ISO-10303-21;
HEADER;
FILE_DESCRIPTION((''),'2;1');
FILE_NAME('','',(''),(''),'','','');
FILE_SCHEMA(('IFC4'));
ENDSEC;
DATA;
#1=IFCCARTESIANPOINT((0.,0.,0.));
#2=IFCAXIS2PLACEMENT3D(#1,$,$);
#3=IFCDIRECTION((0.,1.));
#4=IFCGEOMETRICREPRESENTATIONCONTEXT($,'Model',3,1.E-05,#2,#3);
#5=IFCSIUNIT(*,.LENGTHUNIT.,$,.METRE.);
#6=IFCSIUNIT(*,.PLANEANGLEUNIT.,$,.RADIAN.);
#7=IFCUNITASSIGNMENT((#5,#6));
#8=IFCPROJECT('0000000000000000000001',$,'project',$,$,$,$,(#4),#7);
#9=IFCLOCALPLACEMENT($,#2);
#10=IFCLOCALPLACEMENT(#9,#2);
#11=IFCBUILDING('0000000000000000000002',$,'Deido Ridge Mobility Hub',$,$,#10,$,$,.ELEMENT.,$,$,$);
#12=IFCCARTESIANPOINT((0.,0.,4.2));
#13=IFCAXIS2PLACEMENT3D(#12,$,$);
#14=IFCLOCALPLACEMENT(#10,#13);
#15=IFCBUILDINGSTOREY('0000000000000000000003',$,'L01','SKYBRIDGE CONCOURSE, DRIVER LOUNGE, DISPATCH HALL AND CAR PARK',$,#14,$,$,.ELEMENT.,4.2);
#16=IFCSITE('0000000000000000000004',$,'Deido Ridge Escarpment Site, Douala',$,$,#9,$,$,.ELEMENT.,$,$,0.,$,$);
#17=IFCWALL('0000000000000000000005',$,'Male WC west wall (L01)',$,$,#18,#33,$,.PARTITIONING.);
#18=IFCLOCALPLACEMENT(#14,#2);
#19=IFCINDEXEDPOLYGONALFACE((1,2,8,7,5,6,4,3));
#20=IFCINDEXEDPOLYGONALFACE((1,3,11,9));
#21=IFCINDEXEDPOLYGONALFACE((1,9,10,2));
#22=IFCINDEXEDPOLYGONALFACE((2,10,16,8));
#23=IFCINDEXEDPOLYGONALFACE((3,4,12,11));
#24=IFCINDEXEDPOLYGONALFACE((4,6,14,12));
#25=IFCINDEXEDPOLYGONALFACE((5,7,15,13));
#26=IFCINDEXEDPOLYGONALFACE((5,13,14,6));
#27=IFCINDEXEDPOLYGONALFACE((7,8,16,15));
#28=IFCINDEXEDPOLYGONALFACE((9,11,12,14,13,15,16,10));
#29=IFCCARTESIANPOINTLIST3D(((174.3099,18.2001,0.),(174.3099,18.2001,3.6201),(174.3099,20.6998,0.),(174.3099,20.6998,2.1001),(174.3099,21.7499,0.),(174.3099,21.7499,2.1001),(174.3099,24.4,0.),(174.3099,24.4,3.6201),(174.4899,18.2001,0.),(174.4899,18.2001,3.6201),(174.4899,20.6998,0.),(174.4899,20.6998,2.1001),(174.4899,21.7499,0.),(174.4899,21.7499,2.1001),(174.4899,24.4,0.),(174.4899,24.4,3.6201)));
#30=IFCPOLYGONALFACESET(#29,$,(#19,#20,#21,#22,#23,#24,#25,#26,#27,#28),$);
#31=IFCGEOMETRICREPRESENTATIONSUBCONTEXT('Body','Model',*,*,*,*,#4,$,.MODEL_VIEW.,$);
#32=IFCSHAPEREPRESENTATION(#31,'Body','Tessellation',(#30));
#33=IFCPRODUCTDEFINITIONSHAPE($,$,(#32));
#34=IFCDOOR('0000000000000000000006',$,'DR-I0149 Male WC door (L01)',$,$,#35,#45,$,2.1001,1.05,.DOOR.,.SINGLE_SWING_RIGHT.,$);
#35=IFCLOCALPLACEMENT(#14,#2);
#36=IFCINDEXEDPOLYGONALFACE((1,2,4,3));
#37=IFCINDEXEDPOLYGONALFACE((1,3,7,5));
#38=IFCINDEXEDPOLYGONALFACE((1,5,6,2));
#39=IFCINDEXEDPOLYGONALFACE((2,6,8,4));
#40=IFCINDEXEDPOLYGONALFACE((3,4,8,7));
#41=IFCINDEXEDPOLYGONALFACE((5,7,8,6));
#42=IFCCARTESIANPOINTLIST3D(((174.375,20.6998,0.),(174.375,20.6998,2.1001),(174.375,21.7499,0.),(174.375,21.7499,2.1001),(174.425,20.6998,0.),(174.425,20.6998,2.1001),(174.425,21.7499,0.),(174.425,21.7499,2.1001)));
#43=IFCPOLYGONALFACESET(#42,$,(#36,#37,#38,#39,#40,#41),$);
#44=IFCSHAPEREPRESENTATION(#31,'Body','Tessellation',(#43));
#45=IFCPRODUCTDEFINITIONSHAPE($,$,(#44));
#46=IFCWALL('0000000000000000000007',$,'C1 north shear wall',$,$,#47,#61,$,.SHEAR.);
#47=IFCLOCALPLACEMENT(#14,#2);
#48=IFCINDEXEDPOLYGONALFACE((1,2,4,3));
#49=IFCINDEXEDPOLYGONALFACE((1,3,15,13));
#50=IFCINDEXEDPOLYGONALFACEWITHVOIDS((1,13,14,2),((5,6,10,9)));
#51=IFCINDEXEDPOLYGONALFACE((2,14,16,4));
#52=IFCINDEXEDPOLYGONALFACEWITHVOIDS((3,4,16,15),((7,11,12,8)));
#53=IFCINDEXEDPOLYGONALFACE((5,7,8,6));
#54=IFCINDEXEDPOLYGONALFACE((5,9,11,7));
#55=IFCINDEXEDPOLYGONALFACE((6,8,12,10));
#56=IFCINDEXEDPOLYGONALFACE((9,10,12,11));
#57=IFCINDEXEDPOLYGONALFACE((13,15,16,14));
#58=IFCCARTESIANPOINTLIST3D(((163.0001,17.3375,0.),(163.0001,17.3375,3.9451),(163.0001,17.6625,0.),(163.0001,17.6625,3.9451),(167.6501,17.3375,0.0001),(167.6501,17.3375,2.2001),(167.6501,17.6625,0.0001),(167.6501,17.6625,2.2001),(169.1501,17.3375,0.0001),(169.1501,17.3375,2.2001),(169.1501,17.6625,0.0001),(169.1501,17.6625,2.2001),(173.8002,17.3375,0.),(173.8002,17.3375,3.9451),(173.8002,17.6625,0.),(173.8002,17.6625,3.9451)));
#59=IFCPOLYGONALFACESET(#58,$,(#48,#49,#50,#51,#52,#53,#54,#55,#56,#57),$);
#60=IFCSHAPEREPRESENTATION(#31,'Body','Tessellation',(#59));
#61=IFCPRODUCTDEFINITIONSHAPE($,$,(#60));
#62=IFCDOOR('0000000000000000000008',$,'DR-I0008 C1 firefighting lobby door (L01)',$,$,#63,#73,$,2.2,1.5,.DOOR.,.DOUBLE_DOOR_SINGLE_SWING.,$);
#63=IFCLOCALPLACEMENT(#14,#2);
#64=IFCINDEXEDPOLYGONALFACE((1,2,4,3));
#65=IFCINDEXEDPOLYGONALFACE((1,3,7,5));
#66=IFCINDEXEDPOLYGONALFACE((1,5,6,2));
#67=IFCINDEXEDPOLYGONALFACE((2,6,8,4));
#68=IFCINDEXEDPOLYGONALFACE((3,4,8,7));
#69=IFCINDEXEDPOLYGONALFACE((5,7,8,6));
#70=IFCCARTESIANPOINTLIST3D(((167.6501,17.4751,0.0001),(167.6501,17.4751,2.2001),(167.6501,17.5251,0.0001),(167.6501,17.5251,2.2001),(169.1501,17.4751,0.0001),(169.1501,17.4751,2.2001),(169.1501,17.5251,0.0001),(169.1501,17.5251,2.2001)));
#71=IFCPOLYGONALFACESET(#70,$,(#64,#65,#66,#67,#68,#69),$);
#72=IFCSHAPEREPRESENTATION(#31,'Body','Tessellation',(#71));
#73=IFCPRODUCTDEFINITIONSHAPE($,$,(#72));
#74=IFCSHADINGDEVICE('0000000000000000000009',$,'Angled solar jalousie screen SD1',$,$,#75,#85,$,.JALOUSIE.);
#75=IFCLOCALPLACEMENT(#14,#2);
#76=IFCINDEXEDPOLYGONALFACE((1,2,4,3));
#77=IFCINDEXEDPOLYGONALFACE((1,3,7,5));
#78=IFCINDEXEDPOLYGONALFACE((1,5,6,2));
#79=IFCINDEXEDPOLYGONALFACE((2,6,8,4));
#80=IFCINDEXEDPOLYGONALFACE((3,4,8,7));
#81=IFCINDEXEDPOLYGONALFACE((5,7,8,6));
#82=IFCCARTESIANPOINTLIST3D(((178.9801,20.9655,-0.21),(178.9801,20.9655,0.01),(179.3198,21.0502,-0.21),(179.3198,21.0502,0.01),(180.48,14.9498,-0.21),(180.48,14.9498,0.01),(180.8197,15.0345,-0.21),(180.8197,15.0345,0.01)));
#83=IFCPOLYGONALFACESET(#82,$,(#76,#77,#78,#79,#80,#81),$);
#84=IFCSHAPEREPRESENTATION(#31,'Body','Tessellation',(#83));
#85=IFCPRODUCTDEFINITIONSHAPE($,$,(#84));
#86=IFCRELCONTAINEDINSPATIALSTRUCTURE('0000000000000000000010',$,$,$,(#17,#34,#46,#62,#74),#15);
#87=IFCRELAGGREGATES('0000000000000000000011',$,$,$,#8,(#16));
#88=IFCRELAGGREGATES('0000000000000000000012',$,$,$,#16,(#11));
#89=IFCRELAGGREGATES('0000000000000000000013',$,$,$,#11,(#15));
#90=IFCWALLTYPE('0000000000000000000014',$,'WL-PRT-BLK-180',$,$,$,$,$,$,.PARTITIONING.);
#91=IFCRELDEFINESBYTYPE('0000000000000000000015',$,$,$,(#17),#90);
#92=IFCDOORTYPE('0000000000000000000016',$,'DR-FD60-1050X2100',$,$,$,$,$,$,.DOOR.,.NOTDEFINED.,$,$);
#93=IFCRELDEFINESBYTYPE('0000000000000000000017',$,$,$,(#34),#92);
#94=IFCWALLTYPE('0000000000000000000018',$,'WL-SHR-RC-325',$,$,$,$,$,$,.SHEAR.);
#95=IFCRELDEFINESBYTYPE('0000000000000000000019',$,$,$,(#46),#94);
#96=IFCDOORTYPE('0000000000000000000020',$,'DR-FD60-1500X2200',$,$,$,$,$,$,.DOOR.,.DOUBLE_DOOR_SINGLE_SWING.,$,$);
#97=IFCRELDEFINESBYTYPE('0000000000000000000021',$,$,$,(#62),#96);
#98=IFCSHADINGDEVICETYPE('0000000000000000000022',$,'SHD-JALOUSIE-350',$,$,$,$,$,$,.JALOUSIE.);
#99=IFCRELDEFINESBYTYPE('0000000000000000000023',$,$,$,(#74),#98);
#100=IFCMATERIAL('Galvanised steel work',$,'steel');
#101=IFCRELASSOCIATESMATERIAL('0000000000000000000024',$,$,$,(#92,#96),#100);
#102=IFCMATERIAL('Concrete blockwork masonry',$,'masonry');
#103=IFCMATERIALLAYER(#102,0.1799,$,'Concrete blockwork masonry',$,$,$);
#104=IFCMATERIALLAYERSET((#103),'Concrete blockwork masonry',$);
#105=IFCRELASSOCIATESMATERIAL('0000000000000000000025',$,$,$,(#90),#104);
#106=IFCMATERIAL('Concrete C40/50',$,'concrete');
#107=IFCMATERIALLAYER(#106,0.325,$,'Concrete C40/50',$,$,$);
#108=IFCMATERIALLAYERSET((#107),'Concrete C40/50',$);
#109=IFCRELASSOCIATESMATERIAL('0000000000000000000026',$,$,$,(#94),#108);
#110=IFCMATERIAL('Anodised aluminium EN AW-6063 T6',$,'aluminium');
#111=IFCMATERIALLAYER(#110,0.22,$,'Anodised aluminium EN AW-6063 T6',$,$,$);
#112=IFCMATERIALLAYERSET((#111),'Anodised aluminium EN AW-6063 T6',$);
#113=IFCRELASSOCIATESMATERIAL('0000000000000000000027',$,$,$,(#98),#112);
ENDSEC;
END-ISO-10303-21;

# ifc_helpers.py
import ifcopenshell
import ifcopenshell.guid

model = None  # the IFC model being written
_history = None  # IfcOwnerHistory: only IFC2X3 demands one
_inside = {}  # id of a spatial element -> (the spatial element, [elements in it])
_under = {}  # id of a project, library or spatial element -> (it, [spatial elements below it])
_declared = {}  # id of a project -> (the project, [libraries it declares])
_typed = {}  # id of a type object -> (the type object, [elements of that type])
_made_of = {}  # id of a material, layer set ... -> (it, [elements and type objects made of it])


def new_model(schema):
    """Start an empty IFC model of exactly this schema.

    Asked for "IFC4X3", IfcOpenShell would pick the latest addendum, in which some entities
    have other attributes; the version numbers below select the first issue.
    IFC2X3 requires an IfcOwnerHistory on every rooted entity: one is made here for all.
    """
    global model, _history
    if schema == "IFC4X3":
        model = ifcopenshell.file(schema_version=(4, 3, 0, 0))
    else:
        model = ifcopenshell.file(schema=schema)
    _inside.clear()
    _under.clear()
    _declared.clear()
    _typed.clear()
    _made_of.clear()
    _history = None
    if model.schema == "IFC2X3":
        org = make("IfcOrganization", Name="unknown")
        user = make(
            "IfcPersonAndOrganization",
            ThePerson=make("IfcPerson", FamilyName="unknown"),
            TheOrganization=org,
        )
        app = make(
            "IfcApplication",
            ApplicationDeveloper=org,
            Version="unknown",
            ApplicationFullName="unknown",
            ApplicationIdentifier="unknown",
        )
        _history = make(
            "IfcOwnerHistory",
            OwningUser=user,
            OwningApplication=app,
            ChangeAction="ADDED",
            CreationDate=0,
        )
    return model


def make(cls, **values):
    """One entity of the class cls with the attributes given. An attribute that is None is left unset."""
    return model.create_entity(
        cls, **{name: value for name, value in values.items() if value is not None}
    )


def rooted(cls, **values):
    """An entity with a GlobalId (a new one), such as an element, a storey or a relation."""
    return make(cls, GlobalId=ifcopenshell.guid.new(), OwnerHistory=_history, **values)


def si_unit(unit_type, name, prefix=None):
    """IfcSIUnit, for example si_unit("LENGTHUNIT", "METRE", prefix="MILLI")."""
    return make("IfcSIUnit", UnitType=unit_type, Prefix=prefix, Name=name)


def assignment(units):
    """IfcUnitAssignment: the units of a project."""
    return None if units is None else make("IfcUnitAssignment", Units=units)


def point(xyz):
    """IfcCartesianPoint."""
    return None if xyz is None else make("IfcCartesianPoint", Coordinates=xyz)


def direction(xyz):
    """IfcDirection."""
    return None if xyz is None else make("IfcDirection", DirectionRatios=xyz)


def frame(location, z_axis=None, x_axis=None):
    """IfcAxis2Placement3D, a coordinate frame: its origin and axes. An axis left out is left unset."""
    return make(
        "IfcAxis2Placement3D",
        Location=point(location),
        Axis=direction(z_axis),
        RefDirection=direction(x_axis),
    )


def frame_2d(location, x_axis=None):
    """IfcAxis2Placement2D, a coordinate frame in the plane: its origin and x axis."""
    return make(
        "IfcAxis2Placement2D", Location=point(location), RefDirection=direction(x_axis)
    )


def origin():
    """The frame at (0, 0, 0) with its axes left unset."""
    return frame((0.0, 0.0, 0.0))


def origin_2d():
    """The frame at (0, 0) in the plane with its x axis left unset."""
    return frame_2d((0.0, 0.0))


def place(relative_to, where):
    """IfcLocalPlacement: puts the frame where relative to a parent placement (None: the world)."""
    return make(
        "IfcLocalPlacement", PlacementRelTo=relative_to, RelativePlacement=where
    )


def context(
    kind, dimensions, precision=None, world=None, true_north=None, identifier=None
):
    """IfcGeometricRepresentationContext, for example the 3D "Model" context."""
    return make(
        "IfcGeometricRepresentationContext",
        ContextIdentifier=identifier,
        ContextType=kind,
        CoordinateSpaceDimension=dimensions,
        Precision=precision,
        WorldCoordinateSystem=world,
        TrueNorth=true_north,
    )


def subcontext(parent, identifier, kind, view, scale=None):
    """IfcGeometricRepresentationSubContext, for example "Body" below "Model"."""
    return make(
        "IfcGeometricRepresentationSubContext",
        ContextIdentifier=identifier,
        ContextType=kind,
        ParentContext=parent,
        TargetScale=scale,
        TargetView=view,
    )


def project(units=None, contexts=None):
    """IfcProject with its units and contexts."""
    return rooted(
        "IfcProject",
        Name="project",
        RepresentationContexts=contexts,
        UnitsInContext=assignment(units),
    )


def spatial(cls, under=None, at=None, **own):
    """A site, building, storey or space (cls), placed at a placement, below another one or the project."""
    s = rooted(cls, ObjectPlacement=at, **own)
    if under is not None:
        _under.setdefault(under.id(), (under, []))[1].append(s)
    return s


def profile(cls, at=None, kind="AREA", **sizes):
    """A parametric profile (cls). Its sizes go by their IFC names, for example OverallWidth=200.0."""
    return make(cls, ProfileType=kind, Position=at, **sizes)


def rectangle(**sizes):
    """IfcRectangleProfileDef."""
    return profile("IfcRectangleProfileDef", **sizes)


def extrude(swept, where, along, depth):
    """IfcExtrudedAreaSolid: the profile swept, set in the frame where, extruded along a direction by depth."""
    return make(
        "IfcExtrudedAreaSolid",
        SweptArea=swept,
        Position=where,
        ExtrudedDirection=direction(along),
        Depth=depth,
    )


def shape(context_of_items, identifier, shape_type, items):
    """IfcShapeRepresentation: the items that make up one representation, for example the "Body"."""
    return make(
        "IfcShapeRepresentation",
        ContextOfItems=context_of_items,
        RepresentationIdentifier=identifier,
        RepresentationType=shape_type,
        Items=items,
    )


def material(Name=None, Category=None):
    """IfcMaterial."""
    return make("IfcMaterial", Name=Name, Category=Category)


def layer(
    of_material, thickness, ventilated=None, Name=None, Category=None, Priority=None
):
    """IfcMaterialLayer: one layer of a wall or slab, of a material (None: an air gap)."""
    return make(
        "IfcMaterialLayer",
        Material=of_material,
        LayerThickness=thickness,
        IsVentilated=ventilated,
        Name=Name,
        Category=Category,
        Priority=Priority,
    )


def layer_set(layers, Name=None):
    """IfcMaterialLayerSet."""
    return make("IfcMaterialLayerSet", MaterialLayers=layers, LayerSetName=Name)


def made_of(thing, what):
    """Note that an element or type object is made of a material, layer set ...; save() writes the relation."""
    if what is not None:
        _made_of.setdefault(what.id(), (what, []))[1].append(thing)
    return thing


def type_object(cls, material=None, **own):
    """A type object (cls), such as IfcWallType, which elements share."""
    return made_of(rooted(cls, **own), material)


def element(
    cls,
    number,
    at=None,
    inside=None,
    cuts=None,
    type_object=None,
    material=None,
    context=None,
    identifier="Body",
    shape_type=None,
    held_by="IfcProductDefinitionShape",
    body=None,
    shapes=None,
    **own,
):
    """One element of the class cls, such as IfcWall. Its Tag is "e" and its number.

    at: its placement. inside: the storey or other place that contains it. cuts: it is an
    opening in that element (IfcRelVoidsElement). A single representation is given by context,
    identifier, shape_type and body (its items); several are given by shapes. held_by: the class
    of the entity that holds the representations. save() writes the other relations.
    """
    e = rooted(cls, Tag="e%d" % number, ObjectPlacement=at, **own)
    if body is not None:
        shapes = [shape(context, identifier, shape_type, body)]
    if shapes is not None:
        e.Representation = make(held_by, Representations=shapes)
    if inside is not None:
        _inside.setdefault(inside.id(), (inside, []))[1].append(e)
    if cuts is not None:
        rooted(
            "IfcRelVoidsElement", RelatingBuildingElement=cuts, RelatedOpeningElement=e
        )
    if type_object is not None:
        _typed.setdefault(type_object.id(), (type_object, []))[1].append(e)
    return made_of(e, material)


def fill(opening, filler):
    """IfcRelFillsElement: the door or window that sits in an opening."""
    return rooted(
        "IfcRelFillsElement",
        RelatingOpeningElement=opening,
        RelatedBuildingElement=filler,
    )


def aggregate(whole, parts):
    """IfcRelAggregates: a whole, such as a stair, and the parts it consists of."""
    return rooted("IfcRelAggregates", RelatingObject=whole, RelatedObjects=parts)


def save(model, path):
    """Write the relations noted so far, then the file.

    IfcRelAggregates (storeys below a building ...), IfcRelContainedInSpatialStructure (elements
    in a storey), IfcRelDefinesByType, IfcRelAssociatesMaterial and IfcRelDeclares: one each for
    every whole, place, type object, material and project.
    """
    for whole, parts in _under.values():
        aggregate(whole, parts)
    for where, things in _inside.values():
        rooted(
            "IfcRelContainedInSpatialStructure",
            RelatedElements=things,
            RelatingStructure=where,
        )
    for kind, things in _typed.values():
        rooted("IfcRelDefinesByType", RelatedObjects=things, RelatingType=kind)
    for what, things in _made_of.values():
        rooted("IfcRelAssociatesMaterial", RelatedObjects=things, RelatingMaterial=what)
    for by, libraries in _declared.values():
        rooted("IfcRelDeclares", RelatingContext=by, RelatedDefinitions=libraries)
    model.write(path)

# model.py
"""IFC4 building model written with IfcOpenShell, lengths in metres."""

from ifc_helpers import new_model, si_unit, direction, frame, frame_2d, origin, origin_2d, place, context, subcontext, project, spatial, rectangle, extrude, material, layer, layer_set, type_object, element, fill, save


model = new_model("IFC4")

# Units and contexts
model_context = context("Model", 3, precision=1e-05, world=origin(), true_north=direction((0.0, 1.0)))
body_context = subcontext(model_context, "Body", "Model", "MODEL_VIEW")
ifc_project = project(units=[si_unit("LENGTHUNIT", "METRE"), si_unit("PLANEANGLEUNIT", "RADIAN")], contexts=[model_context])

# Site, building, storey
site_placement = place(None, origin())
site = spatial("IfcSite", under=ifc_project, at=site_placement, Name="Deido Ridge Escarpment Site, Douala", CompositionType="ELEMENT", RefElevation=0.0)
building_placement = place(site_placement, origin())
building = spatial("IfcBuilding", under=site, at=building_placement, Name="Deido Ridge Mobility Hub", CompositionType="ELEMENT")
storey_placement = place(building_placement, frame((0.0, 0.0, 4.2)))
storey = spatial("IfcBuildingStorey", under=building, at=storey_placement, Name="L01", Description="SKYBRIDGE CONCOURSE, DRIVER LOUNGE, DISPATCH HALL AND CAR PARK", CompositionType="ELEMENT", Elevation=4.2)

# Shared definitions
ifc_material_1 = material(Name="Anodised aluminium EN AW-6063 T6", Category="aluminium")

# Shared definitions
ifc_material_2 = material(Name="Concrete blockwork masonry", Category="masonry")

# Walls, openings, doors
ifc_material_3 = material(Name="Galvanised steel work", Category="steel")
door_type_1 = type_object("IfcDoorType", Name="DR-FD60-1050X2100", OperationType="NOTDEFINED", PredefinedType="DOOR", material=ifc_material_3)
ifc_layer_1 = layer(ifc_material_2, 0.1799, Name="Concrete blockwork masonry")
ifc_layer_set_1 = layer_set([ifc_layer_1], Name="Concrete blockwork masonry")
wall_type_1 = type_object("IfcWallType", Name="WL-PRT-BLK-180", PredefinedType="PARTITIONING", material=ifc_layer_set_1)
wall_1_placement = place(storey_placement, frame((174.3999, 18.2, 0.0), z_axis=(0.0, 0.0, 1.0), x_axis=(0.0, 1.0, 0.0)))
wall_1 = element("IfcWall", 1, at=wall_1_placement, inside=storey, type_object=wall_type_1, Name="Male WC west wall (L01)", PredefinedType="PARTITIONING", context=body_context, shape_type="SweptSolid", body=[
    extrude(rectangle(XDim=6.2, YDim=0.1799, at=frame_2d((3.1001, 0.0))), origin(), (0.0, 0.0, 1.0), 3.6201),
])
opening_1_placement = place(wall_1_placement, frame((2.5, 0.0, 0.0)))
opening_1 = element("IfcOpeningElement", 2, at=opening_1_placement, cuts=wall_1, PredefinedType="OPENING", context=body_context, shape_type="SweptSolid", body=[
    extrude(rectangle(XDim=1.05, YDim=2.1001, at=frame_2d((0.5249, 1.05))), frame((0.0, 0.1001, 0.0), z_axis=(0.0, -1.0, 0.0), x_axis=(1.0, 0.0, 0.0)), (0.0, 0.0, 1.0), 0.2),
])
door_1_placement = place(opening_1_placement, origin())
door_1 = element("IfcDoor", 3, at=door_1_placement, inside=storey, type_object=door_type_1, Name="DR-I0149 Male WC door (L01)", OperationType="SINGLE_SWING_RIGHT", OverallHeight=2.1001, OverallWidth=1.05, PredefinedType="DOOR", context=body_context, shape_type="SweptSolid", body=[
    extrude(rectangle(XDim=1.05, YDim=2.1001, at=frame_2d((0.5249, 1.05))), frame((0.0, 0.0249, 0.0), z_axis=(0.0, -1.0, 0.0), x_axis=(1.0, 0.0, 0.0)), (0.0, 0.0, 1.0), 0.05),
])
fill(opening_1, door_1)
ifc_material_4 = material(Name="Concrete C40/50", Category="concrete")
ifc_layer_2 = layer(ifc_material_4, 0.325, Name="Concrete C40/50")
ifc_layer_set_2 = layer_set([ifc_layer_2], Name="Concrete C40/50")
wall_type_2 = type_object("IfcWallType", Name="WL-SHR-RC-325", PredefinedType="SHEAR", material=ifc_layer_set_2)
wall_2_placement = place(storey_placement, frame((173.8, 17.5, 0.0), z_axis=(0.0, 0.0, 1.0), x_axis=(-1.0, 0.0, 0.0)))
wall_2 = element("IfcWall", 4, at=wall_2_placement, inside=storey, type_object=wall_type_2, Name="C1 north shear wall", PredefinedType="SHEAR", context=body_context, shape_type="SweptSolid", body=[
    extrude(rectangle(XDim=10.8, YDim=0.325, at=frame_2d((5.3999, 0.0))), origin(), (0.0, 0.0, 1.0), 3.9451),
])
opening_2_placement = place(wall_2_placement, frame((4.6499, 0.0, 0.0)))
opening_2 = element("IfcOpeningElement", 5, at=opening_2_placement, cuts=wall_2, PredefinedType="OPENING", context=body_context, shape_type="SweptSolid", body=[
    extrude(rectangle(XDim=1.5, YDim=2.2, at=frame_2d((0.75, 1.1001))), frame((0.0, 0.1724, 0.0), z_axis=(0.0, -1.0, 0.0), x_axis=(1.0, 0.0, 0.0)), (0.0, 0.0, 1.0), 0.345),
])
door_type_2 = type_object("IfcDoorType", Name="DR-FD60-1500X2200", OperationType="DOUBLE_DOOR_SINGLE_SWING", PredefinedType="DOOR", material=ifc_material_3)
door_2_placement = place(opening_2_placement, origin())
door_2 = element("IfcDoor", 6, at=door_2_placement, inside=storey, type_object=door_type_2, Name="DR-I0008 C1 firefighting lobby door (L01)", OperationType="DOUBLE_DOOR_SINGLE_SWING", OverallHeight=2.2, OverallWidth=1.5, PredefinedType="DOOR", context=body_context, shape_type="SweptSolid", body=[
    extrude(rectangle(XDim=1.5, YDim=2.2, at=frame_2d((0.75, 1.1001))), frame((0.0, 0.0249, 0.0), z_axis=(0.0, -1.0, 0.0), x_axis=(1.0, 0.0, 0.0)), (0.0, 0.0, 1.0), 0.05),
])
fill(opening_2, door_2)

# Shading device
ifc_layer_3 = layer(ifc_material_1, 0.22, Name="Anodised aluminium EN AW-6063 T6")
ifc_layer_set_3 = layer_set([ifc_layer_3], Name="Anodised aluminium EN AW-6063 T6")
shading_device_type = type_object("IfcShadingDeviceType", Name="SHD-JALOUSIE-350", PredefinedType="JALOUSIE", material=ifc_layer_set_3)
shading_device_placement = place(storey_placement, frame((179.8999, 18.0, -0.21), z_axis=(0.0, 0.0, 1.0), x_axis=(-0.241922, 0.970296, 0.0)))
element("IfcShadingDevice", 7, at=shading_device_placement, inside=storey, type_object=shading_device_type, Name="Angled solar jalousie screen SD1", PredefinedType="JALOUSIE", context=body_context, shape_type="SweptSolid", body=[
    extrude(rectangle(XDim=6.2, YDim=0.3501, at=origin_2d()), origin(), (0.0, 0.0, 1.0), 0.22),
])

save(model, "model.ifc")
